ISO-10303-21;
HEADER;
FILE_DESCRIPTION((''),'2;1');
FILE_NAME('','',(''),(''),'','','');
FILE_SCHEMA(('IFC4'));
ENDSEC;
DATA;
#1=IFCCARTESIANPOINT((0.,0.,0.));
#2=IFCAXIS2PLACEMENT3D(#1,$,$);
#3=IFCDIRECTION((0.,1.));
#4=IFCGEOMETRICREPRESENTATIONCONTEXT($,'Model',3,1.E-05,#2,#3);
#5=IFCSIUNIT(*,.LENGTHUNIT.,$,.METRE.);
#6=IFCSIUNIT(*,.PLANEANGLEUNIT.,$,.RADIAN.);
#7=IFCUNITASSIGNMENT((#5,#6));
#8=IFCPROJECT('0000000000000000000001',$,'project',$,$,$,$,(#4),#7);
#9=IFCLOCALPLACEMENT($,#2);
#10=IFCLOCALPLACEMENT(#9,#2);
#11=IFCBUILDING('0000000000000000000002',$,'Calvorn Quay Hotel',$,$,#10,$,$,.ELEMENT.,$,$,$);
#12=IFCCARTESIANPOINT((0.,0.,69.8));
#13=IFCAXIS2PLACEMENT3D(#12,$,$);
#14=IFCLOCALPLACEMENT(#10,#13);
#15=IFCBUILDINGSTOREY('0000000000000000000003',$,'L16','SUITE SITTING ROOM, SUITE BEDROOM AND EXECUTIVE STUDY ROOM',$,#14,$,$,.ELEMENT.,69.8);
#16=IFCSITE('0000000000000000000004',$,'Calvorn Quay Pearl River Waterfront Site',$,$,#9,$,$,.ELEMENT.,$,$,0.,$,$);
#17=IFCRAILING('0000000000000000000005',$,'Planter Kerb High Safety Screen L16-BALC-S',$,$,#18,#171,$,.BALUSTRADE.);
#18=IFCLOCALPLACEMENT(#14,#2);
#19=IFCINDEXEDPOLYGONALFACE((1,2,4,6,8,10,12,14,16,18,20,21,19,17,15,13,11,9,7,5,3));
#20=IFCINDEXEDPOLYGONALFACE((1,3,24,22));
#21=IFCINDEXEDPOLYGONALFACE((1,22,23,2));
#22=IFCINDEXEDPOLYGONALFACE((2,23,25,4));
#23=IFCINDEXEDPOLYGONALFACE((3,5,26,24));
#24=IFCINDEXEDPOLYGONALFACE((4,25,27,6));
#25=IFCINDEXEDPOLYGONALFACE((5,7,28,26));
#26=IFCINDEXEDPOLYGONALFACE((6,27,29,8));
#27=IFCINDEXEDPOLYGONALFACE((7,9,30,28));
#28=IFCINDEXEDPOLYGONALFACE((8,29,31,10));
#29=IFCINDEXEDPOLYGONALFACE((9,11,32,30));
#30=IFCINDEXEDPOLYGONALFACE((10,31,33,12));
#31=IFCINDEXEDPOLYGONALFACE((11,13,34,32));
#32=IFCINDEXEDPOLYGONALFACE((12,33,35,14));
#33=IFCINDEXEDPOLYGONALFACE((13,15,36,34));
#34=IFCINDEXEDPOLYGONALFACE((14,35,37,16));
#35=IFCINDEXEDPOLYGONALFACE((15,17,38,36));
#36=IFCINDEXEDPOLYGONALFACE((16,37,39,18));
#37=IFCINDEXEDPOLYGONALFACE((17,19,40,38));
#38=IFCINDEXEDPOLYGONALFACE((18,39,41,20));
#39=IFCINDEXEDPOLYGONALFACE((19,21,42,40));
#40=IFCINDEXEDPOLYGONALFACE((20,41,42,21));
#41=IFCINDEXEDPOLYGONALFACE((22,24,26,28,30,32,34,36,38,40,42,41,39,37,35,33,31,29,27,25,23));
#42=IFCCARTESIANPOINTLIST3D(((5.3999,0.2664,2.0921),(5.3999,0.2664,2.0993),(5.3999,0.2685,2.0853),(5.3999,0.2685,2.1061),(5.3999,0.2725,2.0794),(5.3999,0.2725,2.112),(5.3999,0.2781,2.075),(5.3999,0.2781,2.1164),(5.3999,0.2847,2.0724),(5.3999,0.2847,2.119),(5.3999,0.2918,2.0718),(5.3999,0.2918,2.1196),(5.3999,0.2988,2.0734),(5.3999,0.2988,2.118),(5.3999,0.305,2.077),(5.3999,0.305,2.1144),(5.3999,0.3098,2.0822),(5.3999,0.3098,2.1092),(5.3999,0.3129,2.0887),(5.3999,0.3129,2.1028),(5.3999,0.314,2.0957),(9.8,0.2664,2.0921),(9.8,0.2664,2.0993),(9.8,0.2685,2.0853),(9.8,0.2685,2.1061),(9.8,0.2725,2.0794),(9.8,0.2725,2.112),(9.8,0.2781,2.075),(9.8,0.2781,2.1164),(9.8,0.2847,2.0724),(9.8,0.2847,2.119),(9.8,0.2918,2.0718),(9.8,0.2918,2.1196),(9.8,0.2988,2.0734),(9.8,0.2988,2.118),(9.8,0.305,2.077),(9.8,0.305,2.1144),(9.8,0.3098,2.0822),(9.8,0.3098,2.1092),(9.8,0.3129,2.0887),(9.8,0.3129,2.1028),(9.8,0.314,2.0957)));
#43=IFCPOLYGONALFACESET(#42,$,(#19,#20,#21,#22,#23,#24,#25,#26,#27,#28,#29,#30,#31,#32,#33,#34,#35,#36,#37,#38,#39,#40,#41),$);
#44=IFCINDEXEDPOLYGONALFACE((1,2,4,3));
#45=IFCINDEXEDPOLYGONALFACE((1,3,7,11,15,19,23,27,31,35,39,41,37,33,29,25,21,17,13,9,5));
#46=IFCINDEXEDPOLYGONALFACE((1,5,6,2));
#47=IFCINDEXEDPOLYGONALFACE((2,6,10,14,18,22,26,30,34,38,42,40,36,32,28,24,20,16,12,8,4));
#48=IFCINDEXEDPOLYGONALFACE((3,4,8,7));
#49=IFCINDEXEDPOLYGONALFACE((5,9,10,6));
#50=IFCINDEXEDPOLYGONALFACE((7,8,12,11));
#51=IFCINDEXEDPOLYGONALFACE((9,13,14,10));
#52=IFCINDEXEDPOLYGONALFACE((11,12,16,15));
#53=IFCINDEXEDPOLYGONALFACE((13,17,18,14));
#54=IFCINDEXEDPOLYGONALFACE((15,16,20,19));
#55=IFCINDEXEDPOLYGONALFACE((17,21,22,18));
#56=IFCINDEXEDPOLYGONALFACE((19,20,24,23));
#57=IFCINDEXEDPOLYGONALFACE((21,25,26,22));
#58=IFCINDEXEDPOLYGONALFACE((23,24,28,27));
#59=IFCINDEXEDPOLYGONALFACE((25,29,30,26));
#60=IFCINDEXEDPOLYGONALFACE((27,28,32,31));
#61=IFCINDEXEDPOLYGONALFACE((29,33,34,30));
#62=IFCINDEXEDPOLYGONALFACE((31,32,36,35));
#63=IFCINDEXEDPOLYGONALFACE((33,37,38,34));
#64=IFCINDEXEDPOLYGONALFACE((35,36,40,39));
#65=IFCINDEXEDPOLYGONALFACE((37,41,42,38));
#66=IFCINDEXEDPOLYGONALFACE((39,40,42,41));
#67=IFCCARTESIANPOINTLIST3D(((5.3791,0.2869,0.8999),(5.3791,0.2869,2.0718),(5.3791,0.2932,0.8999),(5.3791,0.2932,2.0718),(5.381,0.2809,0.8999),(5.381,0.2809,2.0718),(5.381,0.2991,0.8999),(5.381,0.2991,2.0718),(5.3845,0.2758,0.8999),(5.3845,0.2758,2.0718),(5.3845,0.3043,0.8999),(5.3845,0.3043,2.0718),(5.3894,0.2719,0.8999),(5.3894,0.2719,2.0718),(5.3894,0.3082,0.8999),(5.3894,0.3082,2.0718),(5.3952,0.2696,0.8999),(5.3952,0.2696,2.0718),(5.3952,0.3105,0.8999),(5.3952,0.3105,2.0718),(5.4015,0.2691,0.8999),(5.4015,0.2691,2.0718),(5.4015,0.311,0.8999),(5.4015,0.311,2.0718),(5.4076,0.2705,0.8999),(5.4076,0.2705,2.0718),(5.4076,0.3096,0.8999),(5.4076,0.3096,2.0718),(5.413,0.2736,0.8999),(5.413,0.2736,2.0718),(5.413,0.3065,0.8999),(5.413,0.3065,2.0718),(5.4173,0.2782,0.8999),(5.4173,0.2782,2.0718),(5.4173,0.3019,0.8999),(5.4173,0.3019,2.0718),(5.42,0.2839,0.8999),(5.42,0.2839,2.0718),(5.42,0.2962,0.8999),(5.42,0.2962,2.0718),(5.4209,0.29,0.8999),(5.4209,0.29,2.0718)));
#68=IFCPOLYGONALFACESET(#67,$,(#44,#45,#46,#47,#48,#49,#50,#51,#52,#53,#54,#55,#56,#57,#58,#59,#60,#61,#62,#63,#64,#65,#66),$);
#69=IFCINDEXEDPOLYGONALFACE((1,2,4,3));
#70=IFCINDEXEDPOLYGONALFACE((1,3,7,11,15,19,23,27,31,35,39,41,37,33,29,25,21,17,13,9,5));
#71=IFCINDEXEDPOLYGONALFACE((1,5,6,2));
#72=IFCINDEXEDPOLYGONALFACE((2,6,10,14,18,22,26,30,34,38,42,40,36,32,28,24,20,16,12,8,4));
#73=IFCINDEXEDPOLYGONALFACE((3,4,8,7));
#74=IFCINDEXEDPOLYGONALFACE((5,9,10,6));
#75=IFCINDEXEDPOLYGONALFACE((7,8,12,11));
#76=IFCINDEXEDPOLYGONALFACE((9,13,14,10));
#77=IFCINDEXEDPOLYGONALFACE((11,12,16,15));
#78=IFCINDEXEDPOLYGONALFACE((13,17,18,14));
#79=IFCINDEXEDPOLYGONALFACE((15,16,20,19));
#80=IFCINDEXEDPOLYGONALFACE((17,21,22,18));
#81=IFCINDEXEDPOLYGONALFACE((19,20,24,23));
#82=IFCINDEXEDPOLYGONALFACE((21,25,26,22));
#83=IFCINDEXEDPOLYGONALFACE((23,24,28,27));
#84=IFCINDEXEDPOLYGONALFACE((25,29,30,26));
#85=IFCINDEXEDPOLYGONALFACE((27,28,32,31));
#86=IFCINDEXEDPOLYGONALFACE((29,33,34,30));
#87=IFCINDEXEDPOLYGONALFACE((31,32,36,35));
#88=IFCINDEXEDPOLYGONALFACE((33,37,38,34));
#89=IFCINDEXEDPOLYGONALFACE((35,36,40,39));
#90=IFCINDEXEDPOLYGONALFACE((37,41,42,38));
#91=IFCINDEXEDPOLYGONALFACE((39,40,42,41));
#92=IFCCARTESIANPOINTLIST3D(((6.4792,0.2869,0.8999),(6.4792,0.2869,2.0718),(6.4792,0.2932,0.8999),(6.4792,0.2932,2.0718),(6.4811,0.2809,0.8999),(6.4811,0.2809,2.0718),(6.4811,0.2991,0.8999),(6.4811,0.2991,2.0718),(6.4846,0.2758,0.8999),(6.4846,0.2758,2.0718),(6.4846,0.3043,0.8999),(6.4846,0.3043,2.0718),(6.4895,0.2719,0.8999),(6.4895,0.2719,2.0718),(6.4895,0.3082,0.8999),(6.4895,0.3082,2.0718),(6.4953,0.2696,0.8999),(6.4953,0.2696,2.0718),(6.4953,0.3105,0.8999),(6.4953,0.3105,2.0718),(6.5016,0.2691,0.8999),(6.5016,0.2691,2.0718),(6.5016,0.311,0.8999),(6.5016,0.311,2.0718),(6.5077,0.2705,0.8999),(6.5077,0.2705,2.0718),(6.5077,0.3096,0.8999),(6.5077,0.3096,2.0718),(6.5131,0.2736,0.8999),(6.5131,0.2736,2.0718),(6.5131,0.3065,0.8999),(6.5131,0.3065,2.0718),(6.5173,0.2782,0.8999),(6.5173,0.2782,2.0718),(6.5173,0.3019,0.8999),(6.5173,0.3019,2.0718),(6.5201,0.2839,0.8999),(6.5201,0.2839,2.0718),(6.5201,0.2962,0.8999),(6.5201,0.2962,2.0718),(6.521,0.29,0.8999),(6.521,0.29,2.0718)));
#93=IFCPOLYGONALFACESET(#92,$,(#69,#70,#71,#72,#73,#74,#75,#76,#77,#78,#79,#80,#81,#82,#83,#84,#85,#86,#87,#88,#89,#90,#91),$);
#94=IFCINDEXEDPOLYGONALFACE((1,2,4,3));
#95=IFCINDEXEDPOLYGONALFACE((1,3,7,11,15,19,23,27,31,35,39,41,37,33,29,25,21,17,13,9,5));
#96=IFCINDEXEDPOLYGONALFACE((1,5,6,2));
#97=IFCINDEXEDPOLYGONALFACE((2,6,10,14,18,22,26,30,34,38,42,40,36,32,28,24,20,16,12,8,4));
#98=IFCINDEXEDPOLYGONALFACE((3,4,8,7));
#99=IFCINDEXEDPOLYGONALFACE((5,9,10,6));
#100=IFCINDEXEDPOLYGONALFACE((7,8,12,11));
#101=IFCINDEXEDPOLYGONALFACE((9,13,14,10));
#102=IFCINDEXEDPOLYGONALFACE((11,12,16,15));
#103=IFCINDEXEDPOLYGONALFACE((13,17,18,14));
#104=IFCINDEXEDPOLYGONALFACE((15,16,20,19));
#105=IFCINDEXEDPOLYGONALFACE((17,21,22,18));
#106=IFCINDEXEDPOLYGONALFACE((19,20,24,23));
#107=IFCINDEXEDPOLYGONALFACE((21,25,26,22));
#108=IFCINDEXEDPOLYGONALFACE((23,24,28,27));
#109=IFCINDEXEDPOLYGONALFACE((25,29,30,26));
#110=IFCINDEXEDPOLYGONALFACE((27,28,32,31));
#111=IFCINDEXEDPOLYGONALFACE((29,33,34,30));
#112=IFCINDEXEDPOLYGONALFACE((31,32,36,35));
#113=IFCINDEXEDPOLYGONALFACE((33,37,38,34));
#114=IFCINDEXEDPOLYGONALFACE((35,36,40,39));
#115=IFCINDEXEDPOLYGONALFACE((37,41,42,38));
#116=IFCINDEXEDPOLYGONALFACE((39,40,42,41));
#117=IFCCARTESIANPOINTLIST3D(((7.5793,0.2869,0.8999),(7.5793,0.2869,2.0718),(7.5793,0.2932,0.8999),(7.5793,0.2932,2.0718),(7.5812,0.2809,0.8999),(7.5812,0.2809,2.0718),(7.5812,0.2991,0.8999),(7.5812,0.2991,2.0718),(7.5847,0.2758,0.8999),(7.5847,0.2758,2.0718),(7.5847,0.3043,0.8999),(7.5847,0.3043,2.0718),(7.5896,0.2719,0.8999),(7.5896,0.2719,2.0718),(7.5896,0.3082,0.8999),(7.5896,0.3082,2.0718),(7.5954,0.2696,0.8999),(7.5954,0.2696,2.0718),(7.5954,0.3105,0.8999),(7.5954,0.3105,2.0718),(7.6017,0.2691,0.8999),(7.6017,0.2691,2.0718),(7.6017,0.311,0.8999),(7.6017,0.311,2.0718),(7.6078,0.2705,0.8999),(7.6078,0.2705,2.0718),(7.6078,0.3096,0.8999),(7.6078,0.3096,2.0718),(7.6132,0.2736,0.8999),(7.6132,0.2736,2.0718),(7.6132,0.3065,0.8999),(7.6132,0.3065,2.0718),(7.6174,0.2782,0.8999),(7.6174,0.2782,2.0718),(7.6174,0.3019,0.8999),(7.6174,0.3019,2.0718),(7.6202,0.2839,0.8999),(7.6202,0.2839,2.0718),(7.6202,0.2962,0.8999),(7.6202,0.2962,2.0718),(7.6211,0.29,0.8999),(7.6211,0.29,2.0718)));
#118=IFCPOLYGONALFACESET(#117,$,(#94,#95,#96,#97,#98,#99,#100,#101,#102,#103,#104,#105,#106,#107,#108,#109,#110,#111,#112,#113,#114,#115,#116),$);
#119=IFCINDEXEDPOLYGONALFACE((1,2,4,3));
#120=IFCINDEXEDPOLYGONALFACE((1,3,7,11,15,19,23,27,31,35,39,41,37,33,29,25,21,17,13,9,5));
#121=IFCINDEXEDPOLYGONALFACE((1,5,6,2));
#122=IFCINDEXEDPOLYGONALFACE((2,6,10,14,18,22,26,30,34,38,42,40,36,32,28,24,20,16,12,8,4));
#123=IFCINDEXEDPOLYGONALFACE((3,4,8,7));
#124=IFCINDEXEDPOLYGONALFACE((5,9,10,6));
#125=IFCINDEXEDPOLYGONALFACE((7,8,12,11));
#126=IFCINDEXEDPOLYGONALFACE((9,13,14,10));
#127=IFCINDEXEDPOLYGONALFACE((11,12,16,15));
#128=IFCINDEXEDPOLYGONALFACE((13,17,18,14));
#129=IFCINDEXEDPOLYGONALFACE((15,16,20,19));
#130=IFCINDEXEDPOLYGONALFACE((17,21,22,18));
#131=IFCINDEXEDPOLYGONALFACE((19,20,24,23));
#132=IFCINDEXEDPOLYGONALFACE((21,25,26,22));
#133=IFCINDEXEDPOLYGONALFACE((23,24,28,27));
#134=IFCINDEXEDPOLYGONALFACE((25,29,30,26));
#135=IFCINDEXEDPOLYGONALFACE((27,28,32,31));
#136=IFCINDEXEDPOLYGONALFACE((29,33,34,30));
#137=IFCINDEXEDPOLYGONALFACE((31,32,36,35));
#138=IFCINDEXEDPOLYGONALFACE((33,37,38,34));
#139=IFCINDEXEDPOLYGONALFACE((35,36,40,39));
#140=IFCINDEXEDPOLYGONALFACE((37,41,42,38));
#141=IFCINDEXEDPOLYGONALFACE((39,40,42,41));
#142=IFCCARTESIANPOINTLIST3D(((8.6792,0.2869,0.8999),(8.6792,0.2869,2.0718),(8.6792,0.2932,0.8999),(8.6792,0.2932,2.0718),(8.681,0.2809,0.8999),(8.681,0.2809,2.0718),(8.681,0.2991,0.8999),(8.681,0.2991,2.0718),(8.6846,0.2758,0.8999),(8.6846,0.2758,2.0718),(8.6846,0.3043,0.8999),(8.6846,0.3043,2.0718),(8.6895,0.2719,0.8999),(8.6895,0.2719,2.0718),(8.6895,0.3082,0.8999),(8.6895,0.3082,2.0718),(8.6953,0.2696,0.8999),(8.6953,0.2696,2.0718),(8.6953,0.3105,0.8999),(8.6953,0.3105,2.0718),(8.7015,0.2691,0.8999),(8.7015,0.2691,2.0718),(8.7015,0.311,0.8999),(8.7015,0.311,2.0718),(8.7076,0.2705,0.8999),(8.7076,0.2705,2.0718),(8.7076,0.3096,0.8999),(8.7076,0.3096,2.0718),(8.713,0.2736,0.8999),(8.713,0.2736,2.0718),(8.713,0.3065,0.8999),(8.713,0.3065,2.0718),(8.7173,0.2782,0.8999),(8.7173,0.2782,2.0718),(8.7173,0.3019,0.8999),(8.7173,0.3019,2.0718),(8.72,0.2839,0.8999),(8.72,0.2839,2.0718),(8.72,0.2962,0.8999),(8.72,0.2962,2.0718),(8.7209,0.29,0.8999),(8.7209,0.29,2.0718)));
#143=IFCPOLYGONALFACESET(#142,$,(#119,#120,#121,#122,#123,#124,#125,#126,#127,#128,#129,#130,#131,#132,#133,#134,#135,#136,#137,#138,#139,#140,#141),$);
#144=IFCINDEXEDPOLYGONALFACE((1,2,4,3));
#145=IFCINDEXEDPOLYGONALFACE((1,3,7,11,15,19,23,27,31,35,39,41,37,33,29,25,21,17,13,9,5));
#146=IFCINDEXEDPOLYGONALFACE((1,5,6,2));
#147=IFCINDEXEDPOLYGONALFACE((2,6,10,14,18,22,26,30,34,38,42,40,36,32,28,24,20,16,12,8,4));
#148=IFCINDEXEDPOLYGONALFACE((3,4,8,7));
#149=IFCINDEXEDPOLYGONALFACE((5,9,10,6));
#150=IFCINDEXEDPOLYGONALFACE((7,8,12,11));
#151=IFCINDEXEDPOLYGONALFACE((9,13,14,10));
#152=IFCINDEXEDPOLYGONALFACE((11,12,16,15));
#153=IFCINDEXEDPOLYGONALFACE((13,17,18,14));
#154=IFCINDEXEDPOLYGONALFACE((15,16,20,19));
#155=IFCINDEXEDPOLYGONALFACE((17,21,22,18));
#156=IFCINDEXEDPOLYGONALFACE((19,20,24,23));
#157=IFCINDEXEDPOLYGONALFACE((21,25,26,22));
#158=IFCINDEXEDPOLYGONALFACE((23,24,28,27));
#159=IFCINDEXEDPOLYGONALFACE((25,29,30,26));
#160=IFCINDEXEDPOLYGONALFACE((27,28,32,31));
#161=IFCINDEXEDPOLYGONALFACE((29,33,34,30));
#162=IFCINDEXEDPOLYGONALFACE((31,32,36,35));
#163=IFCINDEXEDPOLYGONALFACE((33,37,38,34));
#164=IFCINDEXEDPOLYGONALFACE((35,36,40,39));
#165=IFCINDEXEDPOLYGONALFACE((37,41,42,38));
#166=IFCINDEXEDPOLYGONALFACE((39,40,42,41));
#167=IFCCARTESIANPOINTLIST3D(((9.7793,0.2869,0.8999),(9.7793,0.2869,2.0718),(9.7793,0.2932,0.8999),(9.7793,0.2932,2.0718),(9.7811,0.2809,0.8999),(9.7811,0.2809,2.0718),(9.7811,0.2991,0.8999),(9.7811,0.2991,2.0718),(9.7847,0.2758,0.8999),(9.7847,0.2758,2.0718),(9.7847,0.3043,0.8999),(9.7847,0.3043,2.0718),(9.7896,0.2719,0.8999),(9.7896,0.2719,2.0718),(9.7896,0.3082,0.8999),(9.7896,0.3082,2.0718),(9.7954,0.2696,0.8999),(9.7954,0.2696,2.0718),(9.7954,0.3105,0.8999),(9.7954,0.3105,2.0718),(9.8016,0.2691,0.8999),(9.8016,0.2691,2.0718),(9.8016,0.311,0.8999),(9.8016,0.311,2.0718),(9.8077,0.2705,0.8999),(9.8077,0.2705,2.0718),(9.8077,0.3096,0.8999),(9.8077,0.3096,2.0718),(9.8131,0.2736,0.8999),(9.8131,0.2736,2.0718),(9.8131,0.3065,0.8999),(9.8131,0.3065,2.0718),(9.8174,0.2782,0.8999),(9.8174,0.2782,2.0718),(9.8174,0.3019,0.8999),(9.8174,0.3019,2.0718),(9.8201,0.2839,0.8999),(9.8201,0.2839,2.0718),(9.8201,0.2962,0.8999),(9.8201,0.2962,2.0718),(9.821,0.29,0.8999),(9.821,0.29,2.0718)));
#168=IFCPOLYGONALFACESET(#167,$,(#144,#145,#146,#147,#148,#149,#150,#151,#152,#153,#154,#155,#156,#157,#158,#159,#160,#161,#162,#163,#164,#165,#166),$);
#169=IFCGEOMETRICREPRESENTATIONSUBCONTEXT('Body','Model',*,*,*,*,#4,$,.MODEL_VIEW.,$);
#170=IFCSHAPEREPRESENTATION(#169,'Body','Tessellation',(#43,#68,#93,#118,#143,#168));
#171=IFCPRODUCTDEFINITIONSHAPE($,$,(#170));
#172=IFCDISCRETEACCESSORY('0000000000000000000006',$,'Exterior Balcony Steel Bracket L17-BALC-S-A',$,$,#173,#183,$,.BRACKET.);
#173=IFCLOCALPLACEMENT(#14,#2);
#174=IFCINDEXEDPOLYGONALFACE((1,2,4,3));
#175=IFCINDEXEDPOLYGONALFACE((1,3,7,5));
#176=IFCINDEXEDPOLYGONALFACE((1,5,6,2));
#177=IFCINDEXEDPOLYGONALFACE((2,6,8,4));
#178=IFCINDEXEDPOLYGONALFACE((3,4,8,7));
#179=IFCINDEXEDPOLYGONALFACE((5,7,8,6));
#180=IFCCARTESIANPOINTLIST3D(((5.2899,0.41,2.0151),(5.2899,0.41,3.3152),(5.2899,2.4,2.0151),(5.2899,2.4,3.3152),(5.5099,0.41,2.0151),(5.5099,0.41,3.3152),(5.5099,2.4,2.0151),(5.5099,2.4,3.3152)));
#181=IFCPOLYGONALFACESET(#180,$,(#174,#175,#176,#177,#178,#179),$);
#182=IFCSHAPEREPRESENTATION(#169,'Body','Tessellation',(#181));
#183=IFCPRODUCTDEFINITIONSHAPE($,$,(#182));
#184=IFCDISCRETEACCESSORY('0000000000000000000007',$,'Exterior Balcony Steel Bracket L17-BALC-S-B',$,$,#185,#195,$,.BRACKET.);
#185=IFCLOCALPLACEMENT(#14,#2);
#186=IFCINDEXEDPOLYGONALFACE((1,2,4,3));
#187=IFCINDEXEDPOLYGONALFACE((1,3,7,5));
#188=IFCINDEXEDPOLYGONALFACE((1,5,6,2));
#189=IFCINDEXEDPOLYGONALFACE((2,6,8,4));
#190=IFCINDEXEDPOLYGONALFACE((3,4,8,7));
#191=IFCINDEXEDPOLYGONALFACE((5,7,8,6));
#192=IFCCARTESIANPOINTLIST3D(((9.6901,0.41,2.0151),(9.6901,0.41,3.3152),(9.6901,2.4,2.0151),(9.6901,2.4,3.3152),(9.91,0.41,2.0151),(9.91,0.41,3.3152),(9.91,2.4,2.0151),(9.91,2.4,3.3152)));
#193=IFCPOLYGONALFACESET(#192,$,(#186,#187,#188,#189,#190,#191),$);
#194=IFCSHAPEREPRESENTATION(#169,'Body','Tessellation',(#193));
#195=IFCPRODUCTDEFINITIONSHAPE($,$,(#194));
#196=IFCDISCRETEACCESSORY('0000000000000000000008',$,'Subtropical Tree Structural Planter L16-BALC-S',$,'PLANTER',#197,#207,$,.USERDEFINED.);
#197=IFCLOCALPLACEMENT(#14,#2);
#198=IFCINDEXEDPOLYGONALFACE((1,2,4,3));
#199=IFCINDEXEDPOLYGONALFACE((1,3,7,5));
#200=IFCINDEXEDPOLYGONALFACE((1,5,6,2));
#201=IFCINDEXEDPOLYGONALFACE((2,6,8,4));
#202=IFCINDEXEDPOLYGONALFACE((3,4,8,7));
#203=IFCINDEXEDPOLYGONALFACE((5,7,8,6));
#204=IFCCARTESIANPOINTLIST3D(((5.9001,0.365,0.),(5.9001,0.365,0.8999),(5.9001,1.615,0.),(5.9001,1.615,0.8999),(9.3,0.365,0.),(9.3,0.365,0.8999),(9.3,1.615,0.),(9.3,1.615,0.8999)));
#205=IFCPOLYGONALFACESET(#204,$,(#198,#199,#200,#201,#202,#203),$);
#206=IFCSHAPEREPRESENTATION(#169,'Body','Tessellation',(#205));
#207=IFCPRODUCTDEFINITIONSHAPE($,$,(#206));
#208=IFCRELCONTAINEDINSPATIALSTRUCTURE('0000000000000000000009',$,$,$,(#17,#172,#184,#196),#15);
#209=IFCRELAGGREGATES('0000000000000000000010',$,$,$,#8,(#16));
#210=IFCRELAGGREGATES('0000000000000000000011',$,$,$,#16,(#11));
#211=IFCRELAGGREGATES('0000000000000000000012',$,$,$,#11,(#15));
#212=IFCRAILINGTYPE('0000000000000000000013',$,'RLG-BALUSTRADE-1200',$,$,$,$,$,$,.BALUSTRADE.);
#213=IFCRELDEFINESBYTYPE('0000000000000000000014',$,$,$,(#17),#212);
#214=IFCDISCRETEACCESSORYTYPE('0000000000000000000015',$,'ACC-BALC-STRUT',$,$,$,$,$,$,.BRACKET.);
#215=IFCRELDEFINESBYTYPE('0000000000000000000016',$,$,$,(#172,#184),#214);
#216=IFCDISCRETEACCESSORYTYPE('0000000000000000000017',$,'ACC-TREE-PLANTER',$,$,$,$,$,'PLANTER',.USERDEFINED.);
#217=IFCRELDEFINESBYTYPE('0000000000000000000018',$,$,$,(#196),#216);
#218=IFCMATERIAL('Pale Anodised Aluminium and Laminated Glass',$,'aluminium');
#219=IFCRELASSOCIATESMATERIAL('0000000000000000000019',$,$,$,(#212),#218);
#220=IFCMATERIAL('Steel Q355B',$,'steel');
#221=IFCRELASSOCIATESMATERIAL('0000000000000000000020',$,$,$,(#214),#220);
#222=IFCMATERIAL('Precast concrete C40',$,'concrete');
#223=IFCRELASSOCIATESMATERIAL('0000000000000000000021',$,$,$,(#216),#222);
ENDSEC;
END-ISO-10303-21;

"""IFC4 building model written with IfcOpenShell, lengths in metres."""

from ifc_helpers import new_model, si_unit, direction, frame, origin, origin_2d, place, context, subcontext, project, spatial, rectangle, circle, extrude, material, type_object, element, save


model = new_model("IFC4")

# Units and contexts
model_context = context("Model", 3, precision=1e-05, world=origin(), true_north=direction((0.0, 1.0)))
body_context = subcontext(model_context, "Body", "Model", "MODEL_VIEW")
ifc_project = project(units=[si_unit("LENGTHUNIT", "METRE"), si_unit("PLANEANGLEUNIT", "RADIAN")], contexts=[model_context])

# Site, building, storey
site_placement = place(None, origin())
site = spatial("IfcSite", under=ifc_project, at=site_placement, Name="Calvorn Quay Pearl River Waterfront Site", CompositionType="ELEMENT", RefElevation=0.0)
building_placement = place(site_placement, origin())
building = spatial("IfcBuilding", under=site, at=building_placement, Name="Calvorn Quay Hotel", CompositionType="ELEMENT")
storey_placement = place(building_placement, frame((0.0, 0.0, 69.8)))
storey = spatial("IfcBuildingStorey", under=building, at=storey_placement, Name="L16", Description="SUITE SITTING ROOM, SUITE BEDROOM AND EXECUTIVE STUDY ROOM", CompositionType="ELEMENT", Elevation=69.8)

# Railing
ifc_material_1 = material(Name="Pale Anodised Aluminium and Laminated Glass", Category="aluminium")
railing_type = type_object("IfcRailingType", Name="RLG-BALUSTRADE-1200", PredefinedType="BALUSTRADE", material=ifc_material_1)
railing_1_placement = place(storey_placement, frame((5.3999, 0.29, 0.8999)))
element("IfcRailing", 1, at=railing_1_placement, inside=storey, type_object=railing_type, Name="Planter Kerb High Safety Screen L16-BALC-S", PredefinedType="BALUSTRADE", context=body_context, shape_type="SweptSolid", body=[
    extrude(circle(Radius=0.0239, at=origin_2d()), frame((0.0, 0.0, 1.1958), z_axis=(1.0, 0.0, 0.0), x_axis=(0.0, 1.0, 0.0)), (0.0, 0.0, 1.0), 4.4001),
    extrude(circle(Radius=0.021, at=origin_2d()), origin(), (0.0, 0.0, 1.0), 1.1719),
    extrude(circle(Radius=0.021, at=origin_2d()), frame((1.1001, 0.0, 0.0)), (0.0, 0.0, 1.0), 1.1719),
    extrude(circle(Radius=0.021, at=origin_2d()), frame((2.2002, 0.0, 0.0)), (0.0, 0.0, 1.0), 1.1719),
    extrude(circle(Radius=0.021, at=origin_2d()), frame((3.3, 0.0, 0.0)), (0.0, 0.0, 1.0), 1.1719),
    extrude(circle(Radius=0.021, at=origin_2d()), frame((4.4001, 0.0, 0.0)), (0.0, 0.0, 1.0), 1.1719),
])

# Discrete accessories
ifc_material_2 = material(Name="Steel Q355B", Category="steel")
discrete_accessory_type_1 = type_object("IfcDiscreteAccessoryType", Name="ACC-BALC-STRUT", PredefinedType="BRACKET", material=ifc_material_2)
for number, where, z_axis, x_axis, name in (
    (2, (5.3999, 1.405, 2.0151), (0.0, 0.0, 1.0), (1.0, 0.0, 0.0), "Exterior Balcony Steel Bracket L17-BALC-S-A"),
    (3, (9.8, 1.405, 2.0151), (0.0, 0.0, 1.0), (1.0, 0.0, 0.0), "Exterior Balcony Steel Bracket L17-BALC-S-B"),
):
    element("IfcDiscreteAccessory", number, at=place(storey_placement, frame(where, z_axis=z_axis, x_axis=x_axis)), inside=storey, type_object=discrete_accessory_type_1, Name=name, PredefinedType="BRACKET", context=body_context, shape_type="SweptSolid", body=[
        extrude(rectangle(XDim=0.22, YDim=1.99, at=origin_2d()), origin(), (0.0, 0.0, 1.0), 1.3),
    ])
ifc_material_3 = material(Name="Precast concrete C40", Category="concrete")
discrete_accessory_type_2 = type_object("IfcDiscreteAccessoryType", Name="ACC-TREE-PLANTER", ElementType="PLANTER", PredefinedType="USERDEFINED", material=ifc_material_3)
discrete_accessory_placement = place(storey_placement, frame((7.6001, 0.99, 0.0), z_axis=(0.0, 0.0, 1.0), x_axis=(1.0, 0.0, 0.0)))
element("IfcDiscreteAccessory", 4, at=discrete_accessory_placement, inside=storey, type_object=discrete_accessory_type_2, Name="Subtropical Tree Structural Planter L16-BALC-S", ObjectType="PLANTER", PredefinedType="USERDEFINED", context=body_context, shape_type="SweptSolid", body=[
    extrude(rectangle(XDim=3.3999, YDim=1.25, at=origin_2d()), origin(), (0.0, 0.0, 1.0), 0.8999),
])

save(model, "model.ifc")
